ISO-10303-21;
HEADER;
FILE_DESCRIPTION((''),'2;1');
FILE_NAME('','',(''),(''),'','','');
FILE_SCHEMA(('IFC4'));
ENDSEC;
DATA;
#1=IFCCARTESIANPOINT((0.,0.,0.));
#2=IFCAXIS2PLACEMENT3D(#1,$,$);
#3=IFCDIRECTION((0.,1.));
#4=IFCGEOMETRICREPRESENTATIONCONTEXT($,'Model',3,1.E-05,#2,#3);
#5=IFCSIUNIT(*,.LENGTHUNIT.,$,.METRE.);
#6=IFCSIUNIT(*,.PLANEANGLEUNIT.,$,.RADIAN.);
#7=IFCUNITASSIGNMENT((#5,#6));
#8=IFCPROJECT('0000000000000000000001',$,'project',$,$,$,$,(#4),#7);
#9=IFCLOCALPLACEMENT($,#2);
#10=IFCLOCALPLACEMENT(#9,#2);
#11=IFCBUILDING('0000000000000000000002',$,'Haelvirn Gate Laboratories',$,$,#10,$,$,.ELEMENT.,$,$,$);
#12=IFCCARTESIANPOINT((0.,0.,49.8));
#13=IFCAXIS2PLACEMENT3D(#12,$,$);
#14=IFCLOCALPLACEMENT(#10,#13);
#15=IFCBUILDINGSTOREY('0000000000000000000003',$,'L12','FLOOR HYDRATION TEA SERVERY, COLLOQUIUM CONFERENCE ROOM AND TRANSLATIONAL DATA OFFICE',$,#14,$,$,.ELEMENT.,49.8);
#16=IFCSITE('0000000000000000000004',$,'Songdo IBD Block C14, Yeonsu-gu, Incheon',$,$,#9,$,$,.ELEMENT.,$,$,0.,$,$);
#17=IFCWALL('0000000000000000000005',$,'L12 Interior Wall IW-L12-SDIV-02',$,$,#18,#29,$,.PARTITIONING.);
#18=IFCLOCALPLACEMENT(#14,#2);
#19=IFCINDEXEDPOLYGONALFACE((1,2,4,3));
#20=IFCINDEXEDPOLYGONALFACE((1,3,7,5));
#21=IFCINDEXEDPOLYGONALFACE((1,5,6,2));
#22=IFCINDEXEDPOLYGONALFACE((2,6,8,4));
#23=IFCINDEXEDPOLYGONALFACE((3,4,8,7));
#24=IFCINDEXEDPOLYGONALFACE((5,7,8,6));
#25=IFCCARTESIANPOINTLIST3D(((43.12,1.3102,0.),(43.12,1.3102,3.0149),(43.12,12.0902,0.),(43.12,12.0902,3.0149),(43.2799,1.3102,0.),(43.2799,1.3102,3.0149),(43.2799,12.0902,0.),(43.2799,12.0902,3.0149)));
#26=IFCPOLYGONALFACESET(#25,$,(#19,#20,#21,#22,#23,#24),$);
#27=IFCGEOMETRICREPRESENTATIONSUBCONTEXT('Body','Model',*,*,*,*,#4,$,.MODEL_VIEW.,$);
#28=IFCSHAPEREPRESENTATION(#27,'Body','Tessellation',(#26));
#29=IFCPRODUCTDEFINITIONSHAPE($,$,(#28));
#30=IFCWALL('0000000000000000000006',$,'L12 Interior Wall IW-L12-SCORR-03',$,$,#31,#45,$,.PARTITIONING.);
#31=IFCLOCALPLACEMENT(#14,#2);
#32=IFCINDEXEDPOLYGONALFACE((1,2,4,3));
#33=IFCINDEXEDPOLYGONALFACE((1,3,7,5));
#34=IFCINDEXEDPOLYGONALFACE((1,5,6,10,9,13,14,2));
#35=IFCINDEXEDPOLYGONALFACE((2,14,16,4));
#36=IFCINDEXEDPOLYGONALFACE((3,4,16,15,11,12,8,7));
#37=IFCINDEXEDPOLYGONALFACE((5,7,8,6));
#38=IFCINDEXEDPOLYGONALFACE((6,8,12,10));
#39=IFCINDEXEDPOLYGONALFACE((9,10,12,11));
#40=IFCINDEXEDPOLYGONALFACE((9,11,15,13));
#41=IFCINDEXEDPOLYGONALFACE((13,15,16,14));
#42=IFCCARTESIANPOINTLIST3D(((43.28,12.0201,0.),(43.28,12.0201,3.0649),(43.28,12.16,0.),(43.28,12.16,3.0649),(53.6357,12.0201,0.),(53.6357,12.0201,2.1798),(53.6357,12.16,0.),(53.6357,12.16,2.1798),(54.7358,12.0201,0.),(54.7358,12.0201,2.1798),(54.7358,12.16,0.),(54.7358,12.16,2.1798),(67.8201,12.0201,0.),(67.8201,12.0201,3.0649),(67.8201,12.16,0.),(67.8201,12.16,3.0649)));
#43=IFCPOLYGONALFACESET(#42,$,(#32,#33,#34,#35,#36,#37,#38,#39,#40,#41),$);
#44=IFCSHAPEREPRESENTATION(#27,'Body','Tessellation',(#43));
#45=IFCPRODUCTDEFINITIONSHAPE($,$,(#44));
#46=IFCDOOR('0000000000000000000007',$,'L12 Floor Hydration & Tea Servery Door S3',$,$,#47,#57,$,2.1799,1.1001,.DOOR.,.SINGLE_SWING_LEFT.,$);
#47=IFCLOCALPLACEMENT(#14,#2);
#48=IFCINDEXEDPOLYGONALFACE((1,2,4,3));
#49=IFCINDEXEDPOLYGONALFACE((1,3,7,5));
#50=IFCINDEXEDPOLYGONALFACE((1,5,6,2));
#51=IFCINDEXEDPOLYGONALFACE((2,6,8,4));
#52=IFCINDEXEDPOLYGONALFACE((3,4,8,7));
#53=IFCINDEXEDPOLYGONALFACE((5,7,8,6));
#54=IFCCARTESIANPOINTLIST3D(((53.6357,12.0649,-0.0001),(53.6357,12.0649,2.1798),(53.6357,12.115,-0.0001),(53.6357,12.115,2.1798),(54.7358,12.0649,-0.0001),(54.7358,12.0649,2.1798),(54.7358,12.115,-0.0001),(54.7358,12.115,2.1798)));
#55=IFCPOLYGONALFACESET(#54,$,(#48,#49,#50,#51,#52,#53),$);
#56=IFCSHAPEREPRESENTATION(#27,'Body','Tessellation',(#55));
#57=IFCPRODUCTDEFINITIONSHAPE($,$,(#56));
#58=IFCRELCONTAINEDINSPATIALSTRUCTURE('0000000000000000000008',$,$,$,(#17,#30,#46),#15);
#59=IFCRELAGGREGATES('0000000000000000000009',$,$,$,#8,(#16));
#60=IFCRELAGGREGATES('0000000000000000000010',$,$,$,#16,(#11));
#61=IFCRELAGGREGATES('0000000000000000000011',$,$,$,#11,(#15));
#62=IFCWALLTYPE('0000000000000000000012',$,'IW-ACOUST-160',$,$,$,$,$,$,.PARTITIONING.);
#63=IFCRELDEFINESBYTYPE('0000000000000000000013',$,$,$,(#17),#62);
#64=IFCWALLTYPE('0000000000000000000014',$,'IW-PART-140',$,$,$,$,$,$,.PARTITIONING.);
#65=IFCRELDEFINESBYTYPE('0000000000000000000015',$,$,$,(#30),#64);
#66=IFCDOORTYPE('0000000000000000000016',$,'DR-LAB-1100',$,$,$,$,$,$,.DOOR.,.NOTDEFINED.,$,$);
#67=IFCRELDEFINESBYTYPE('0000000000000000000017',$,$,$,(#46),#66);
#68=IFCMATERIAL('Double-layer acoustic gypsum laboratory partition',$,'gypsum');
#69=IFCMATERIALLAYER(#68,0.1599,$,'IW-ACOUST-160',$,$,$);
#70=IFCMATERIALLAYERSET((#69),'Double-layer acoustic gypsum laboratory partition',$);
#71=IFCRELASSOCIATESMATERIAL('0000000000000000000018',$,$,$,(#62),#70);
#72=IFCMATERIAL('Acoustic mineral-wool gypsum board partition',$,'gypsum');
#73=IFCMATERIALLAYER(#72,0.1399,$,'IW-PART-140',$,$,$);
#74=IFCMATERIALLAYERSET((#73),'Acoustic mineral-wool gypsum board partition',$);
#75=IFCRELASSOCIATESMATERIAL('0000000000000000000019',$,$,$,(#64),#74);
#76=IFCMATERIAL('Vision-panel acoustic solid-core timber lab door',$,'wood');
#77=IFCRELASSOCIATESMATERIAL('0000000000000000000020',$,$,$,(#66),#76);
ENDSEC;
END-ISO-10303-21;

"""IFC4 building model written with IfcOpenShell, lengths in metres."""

from ifc_helpers import new_model, si_unit, direction, frame, frame_2d, origin, place, context, subcontext, project, spatial, rectangle, extrude, source, transform, mapped, material, layer, layer_set, type_object, type_shapes, element, fill, save


model = new_model("IFC4")

# Units and contexts
model_context = context("Model", 3, precision=1e-05, world=origin(), true_north=direction((0.0, 1.0)))
body_context = subcontext(model_context, "Body", "Model", "MODEL_VIEW")
ifc_project = project(units=[si_unit("LENGTHUNIT", "METRE"), si_unit("PLANEANGLEUNIT", "RADIAN")], contexts=[model_context])

# Site, building, storey
site_placement = place(None, origin())
site = spatial("IfcSite", under=ifc_project, at=site_placement, Name="Songdo IBD Block C14, Yeonsu-gu, Incheon", CompositionType="ELEMENT", RefElevation=0.0)
building_placement = place(site_placement, origin())
building = spatial("IfcBuilding", under=site, at=building_placement, Name="Haelvirn Gate Laboratories", CompositionType="ELEMENT")
storey_placement = place(building_placement, frame((0.0, 0.0, 49.8)))
storey = spatial("IfcBuildingStorey", under=building, at=storey_placement, Name="L12", Description="FLOOR HYDRATION TEA SERVERY, COLLOQUIUM CONFERENCE ROOM AND TRANSLATIONAL DATA OFFICE", CompositionType="ELEMENT", Elevation=49.8)

# Wall
ifc_material_1 = material(Name="Double-layer acoustic gypsum laboratory partition", Category="gypsum")
ifc_layer_1 = layer(ifc_material_1, 0.1599, Name="IW-ACOUST-160")
ifc_layer_set_1 = layer_set([ifc_layer_1], Name="Double-layer acoustic gypsum laboratory partition")
wall_type_1 = type_object("IfcWallType", Name="IW-ACOUST-160", PredefinedType="PARTITIONING", material=ifc_layer_set_1)
wall_1_placement = place(storey_placement, frame((43.2, 1.3101, 0.0), z_axis=(0.0, 0.0, 1.0), x_axis=(0.0, 1.0, 0.0)))
element("IfcWall", 1, at=wall_1_placement, inside=storey, type_object=wall_type_1, Name="L12 Interior Wall IW-L12-SDIV-02", PredefinedType="PARTITIONING", context=body_context, shape_type="SweptSolid", body=[
    extrude(rectangle(XDim=10.78, YDim=0.1599, at=frame_2d((5.3901, 0.0))), origin(), (0.0, 0.0, 1.0), 3.0149),
])

# Wall, opening, door
ifc_material_2 = material(Name="Acoustic mineral-wool gypsum board partition", Category="gypsum")
ifc_layer_2 = layer(ifc_material_2, 0.1399, Name="IW-PART-140")
ifc_layer_set_2 = layer_set([ifc_layer_2], Name="Acoustic mineral-wool gypsum board partition")
wall_type_2 = type_object("IfcWallType", Name="IW-PART-140", PredefinedType="PARTITIONING", material=ifc_layer_set_2)
wall_2_placement = place(storey_placement, frame((43.28, 12.0901, 0.0), z_axis=(0.0, 0.0, 1.0), x_axis=(1.0, 0.0, 0.0)))
wall_2 = element("IfcWall", 2, at=wall_2_placement, inside=storey, type_object=wall_type_2, Name="L12 Interior Wall IW-L12-SCORR-03", PredefinedType="PARTITIONING", context=body_context, shape_type="SweptSolid", body=[
    extrude(rectangle(XDim=24.54, YDim=0.1399, at=frame_2d((12.27, 0.0))), origin(), (0.0, 0.0, 1.0), 3.0649),
])
opening_placement = place(wall_2_placement, frame((10.3557, 0.0, 0.0)))
opening = element("IfcOpeningElement", 3, at=opening_placement, cuts=wall_2, PredefinedType="OPENING", context=body_context, shape_type="SweptSolid", body=[
    extrude(rectangle(XDim=1.1001, YDim=2.1799, at=frame_2d((0.55, 1.0898))), frame((0.0, 0.0801, 0.0), z_axis=(0.0, -1.0, 0.0), x_axis=(1.0, 0.0, 0.0)), (0.0, 0.0, 1.0), 0.1599),
])
ifc_material_3 = material(Name="Vision-panel acoustic solid-core timber lab door", Category="wood")
door_type = type_object("IfcDoorType", Name="DR-LAB-1100", OperationType="NOTDEFINED", PredefinedType="DOOR", material=ifc_material_3)
shared_shape_1 = source(origin(), body_context, "Body", "SweptSolid", [
    extrude(rectangle(XDim=1.1001, YDim=2.1799, at=frame_2d((0.55, 1.0898))), frame((0.0, 0.0249, 0.0), z_axis=(0.0, -1.0, 0.0), x_axis=(1.0, 0.0, 0.0)), (0.0, 0.0, 1.0), 0.05),
])
type_shapes(door_type, [shared_shape_1])
door_placement = place(opening_placement, origin())
door = element("IfcDoor", 4, at=door_placement, inside=storey, type_object=door_type, Name="L12 Floor Hydration & Tea Servery Door S3", OperationType="SINGLE_SWING_LEFT", OverallHeight=2.1799, OverallWidth=1.1001, PredefinedType="DOOR", context=body_context, shape_type="MappedRepresentation", body=[
    mapped(shared_shape_1, transform((0.0, 0.0, 0.0), scale=1.0)),
])
fill(opening, door)

save(model, "model.ifc")
